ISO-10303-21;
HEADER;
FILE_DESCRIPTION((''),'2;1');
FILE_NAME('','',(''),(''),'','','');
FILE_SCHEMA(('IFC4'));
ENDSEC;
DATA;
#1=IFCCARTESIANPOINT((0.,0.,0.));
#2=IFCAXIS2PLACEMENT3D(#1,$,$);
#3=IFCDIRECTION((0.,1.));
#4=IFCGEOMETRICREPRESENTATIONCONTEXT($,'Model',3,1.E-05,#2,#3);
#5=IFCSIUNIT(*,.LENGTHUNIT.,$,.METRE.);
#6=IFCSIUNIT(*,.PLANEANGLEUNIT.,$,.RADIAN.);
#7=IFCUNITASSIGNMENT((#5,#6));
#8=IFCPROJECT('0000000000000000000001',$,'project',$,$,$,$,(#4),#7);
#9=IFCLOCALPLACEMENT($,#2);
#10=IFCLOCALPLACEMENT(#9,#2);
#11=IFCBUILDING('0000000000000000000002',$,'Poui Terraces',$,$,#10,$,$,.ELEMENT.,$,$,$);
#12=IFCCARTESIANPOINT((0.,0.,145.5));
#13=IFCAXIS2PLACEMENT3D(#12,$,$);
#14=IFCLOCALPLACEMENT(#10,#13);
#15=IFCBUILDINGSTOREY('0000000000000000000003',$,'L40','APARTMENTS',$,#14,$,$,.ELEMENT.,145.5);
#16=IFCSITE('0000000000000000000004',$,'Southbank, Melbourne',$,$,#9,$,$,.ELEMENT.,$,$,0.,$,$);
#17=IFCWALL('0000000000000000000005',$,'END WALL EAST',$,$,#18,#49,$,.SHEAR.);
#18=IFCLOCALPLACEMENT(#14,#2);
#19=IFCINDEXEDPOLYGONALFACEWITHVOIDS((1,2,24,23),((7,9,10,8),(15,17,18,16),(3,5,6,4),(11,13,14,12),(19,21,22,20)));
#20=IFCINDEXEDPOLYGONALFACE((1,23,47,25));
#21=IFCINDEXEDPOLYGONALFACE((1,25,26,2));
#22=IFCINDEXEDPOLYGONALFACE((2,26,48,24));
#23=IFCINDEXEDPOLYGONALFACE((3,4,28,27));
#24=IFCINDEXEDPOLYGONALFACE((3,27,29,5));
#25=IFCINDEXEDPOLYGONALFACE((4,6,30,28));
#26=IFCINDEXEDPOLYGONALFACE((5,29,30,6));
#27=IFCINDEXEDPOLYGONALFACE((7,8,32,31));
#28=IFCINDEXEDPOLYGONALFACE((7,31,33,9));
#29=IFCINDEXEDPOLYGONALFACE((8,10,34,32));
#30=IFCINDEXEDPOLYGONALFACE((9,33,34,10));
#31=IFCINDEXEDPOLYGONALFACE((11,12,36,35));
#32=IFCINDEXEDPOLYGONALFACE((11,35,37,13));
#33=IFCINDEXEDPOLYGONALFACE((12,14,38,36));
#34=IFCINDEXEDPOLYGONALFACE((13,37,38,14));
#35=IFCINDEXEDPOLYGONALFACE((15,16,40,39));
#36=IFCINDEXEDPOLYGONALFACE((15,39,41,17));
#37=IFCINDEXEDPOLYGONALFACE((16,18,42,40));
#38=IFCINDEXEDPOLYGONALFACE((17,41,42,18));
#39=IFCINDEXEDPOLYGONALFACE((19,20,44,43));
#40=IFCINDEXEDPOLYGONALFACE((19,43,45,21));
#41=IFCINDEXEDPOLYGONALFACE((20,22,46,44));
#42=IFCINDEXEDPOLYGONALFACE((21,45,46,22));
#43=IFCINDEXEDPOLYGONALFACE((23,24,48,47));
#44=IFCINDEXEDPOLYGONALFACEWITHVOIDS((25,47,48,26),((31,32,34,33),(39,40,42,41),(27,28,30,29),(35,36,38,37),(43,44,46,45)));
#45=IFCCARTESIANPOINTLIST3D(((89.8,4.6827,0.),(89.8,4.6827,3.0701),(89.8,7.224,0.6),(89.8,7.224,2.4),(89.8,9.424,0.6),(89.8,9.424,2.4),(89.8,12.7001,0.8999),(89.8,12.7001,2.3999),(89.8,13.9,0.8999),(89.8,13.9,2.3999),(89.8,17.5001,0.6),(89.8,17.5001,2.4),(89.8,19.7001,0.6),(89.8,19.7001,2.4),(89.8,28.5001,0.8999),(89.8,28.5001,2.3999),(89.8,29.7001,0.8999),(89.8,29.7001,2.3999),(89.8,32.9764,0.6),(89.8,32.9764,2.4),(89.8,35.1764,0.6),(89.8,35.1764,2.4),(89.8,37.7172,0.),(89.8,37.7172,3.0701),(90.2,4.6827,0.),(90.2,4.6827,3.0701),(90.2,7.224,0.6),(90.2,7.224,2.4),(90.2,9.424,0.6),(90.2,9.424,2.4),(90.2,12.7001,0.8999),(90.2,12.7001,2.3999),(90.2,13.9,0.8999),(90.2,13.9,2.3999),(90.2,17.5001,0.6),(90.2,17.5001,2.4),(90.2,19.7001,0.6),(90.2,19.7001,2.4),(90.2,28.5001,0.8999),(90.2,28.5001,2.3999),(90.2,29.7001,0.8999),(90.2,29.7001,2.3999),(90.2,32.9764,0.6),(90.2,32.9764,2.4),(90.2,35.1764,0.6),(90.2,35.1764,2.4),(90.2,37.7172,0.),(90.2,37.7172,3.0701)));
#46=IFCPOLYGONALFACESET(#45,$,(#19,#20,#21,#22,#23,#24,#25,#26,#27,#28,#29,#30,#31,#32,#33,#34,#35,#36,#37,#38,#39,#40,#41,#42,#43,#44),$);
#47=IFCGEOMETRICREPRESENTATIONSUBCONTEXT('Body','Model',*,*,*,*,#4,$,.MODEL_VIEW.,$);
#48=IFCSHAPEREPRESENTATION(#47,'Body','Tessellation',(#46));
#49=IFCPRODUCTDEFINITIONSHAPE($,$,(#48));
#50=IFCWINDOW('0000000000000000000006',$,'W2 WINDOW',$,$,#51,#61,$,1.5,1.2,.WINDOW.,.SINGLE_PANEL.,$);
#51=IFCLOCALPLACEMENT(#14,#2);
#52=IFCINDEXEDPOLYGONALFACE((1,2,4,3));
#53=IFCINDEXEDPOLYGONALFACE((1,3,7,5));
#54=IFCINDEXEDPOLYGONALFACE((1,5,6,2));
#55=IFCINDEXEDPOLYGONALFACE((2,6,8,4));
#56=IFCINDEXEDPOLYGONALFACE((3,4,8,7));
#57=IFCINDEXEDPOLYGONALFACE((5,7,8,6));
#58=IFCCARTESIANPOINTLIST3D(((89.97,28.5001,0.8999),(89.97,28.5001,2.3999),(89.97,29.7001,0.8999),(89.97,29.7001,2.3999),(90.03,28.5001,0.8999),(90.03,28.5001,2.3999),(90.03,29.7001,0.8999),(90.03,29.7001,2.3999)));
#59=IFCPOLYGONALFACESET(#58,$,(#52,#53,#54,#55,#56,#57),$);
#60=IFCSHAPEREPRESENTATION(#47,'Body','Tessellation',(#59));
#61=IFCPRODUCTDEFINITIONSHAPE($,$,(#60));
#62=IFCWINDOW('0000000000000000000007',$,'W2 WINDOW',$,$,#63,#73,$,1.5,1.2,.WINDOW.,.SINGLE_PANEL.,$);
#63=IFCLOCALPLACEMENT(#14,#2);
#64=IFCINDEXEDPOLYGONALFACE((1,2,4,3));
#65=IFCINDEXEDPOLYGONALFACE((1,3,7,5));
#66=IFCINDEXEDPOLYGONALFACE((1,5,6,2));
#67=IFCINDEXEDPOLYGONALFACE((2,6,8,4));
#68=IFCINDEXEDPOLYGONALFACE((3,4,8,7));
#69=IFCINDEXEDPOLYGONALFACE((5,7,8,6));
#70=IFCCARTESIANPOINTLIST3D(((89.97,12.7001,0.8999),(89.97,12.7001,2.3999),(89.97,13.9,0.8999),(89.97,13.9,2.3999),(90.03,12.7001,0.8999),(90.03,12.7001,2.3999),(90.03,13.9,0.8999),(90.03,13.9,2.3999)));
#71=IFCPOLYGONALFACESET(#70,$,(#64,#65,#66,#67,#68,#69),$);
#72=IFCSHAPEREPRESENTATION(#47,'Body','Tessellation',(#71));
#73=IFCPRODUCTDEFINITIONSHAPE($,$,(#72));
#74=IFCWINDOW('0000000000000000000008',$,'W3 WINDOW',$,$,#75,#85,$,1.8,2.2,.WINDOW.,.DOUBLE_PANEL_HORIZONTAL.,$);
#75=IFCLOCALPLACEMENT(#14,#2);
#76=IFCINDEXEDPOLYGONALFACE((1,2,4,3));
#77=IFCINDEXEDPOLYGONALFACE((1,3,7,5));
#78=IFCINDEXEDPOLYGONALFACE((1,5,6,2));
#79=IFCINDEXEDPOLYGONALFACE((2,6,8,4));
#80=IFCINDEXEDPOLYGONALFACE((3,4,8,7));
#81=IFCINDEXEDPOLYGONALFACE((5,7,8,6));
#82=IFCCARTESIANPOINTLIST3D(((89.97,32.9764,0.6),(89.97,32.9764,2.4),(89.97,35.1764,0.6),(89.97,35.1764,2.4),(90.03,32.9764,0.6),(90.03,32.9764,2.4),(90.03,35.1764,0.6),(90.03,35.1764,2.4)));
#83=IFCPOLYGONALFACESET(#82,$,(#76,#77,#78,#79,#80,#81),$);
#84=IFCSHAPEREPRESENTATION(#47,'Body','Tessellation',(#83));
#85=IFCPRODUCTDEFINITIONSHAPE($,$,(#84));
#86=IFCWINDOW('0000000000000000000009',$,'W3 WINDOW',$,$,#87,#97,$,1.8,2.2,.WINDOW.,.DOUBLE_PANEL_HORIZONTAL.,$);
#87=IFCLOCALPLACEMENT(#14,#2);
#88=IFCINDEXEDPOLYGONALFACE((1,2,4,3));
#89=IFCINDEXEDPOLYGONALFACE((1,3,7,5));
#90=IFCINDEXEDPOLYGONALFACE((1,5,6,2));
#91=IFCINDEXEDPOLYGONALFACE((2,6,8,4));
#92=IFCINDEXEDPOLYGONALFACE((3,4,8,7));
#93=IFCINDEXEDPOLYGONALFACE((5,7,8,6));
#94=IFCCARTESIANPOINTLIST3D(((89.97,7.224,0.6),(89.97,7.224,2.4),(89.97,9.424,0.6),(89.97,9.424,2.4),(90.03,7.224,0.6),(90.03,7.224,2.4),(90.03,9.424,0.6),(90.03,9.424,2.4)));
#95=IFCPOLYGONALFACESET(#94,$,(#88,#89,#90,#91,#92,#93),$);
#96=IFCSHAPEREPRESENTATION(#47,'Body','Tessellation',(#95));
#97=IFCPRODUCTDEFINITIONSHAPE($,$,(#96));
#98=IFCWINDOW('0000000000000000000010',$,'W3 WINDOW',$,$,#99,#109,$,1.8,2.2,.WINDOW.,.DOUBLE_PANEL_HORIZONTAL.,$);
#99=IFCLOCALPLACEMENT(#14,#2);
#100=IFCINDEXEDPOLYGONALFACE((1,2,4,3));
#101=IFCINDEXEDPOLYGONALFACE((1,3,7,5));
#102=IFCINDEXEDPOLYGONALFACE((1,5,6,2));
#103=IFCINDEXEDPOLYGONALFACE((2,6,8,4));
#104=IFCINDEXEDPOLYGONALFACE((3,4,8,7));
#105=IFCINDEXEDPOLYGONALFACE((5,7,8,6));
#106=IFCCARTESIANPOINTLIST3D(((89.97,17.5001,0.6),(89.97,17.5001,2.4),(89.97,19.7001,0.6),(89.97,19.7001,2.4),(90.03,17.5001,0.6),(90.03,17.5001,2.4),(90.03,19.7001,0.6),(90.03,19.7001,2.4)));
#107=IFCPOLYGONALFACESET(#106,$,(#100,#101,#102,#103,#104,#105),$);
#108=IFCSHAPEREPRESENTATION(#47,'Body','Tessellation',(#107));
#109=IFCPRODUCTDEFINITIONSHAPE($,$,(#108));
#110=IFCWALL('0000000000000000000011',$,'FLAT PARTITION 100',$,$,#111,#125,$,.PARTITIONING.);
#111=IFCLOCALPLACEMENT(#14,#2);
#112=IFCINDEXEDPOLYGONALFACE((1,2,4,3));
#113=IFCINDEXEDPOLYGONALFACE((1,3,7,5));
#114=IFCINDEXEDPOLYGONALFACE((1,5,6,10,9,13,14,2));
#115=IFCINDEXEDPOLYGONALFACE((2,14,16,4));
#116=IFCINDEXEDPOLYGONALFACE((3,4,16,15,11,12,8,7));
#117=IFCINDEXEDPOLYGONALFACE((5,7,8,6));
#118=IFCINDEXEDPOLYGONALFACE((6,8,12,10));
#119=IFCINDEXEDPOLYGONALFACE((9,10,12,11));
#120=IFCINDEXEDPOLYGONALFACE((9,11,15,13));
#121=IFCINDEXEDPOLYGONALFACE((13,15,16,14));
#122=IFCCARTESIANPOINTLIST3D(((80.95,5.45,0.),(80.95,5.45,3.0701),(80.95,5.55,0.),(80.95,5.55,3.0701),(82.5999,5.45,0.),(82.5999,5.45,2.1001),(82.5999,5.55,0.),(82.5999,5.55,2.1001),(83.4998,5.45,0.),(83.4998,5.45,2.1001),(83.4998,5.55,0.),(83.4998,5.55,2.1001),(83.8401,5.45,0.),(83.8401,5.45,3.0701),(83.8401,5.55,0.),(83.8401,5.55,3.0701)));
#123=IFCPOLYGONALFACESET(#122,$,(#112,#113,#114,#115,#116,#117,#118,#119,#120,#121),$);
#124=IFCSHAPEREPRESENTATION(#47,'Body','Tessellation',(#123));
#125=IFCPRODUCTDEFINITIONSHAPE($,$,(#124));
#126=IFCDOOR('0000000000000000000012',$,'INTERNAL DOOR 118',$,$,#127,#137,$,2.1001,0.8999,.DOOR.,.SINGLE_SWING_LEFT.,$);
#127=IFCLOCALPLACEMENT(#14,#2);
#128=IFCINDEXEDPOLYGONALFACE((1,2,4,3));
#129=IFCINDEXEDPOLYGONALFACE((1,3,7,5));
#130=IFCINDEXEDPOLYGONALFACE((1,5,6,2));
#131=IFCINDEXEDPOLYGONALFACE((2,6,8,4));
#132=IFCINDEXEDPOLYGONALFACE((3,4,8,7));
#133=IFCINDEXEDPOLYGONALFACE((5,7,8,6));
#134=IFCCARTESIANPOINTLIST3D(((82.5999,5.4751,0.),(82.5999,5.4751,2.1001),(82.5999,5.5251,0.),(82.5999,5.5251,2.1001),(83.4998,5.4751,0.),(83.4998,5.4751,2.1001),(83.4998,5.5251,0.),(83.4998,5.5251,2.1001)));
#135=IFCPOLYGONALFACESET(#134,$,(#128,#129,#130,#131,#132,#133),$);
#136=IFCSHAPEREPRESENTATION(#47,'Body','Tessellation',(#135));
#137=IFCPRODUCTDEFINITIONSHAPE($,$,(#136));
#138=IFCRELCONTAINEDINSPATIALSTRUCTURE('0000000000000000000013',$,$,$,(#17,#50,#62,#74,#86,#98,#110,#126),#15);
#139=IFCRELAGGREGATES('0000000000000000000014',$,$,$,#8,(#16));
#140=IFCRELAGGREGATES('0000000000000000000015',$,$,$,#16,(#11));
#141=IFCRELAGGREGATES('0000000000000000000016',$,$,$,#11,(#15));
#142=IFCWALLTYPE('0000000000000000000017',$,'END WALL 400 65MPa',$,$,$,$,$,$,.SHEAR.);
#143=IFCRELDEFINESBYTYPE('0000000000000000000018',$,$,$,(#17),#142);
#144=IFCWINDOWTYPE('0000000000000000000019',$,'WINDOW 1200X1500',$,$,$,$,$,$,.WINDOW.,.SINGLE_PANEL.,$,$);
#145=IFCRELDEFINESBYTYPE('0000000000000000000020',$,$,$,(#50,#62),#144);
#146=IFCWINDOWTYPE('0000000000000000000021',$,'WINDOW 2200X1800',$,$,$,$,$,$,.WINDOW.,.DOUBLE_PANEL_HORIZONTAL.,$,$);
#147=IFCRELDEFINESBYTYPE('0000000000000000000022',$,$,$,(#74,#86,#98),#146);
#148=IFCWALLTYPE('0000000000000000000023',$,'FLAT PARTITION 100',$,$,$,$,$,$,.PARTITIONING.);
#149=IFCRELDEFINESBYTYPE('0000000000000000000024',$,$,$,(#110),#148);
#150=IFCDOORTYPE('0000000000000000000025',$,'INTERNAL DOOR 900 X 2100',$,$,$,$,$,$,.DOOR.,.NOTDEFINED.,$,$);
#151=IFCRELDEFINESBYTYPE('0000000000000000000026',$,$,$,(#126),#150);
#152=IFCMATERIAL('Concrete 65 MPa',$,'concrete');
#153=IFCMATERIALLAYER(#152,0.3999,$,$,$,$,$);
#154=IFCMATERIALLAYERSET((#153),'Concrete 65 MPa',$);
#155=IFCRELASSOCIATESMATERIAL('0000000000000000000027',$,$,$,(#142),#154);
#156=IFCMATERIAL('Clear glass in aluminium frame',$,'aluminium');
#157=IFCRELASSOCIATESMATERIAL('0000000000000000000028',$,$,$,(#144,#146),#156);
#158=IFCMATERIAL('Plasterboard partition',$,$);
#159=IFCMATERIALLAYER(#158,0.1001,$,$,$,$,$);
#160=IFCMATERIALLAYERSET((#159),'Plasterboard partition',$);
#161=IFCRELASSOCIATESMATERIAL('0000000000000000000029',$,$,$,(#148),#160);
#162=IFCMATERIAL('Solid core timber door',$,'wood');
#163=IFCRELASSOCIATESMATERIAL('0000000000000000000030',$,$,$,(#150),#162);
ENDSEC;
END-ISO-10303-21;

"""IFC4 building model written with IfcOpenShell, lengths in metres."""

from ifc_helpers import new_model, si_unit, direction, frame, frame_2d, origin, place, context, subcontext, project, spatial, rectangle, extrude, material, layer, layer_set, type_object, element, fill, save


model = new_model("IFC4")

# Units and contexts
model_context = context("Model", 3, precision=1e-05, world=origin(), true_north=direction((0.0, 1.0)))
body_context = subcontext(model_context, "Body", "Model", "MODEL_VIEW")
ifc_project = project(units=[si_unit("LENGTHUNIT", "METRE"), si_unit("PLANEANGLEUNIT", "RADIAN")], contexts=[model_context])

# Site, building, storey
site_placement = place(None, origin())
site = spatial("IfcSite", under=ifc_project, at=site_placement, Name="Southbank, Melbourne", CompositionType="ELEMENT", RefElevation=0.0)
building_placement = place(site_placement, origin())
building = spatial("IfcBuilding", under=site, at=building_placement, Name="Poui Terraces", CompositionType="ELEMENT")
storey_placement = place(building_placement, frame((0.0, 0.0, 145.5)))
storey = spatial("IfcBuildingStorey", under=building, at=storey_placement, Name="L40", Description="APARTMENTS", CompositionType="ELEMENT", Elevation=145.5)

# Shared definitions
ifc_material_1 = material(Name="Concrete 65 MPa", Category="concrete")

# Shared definitions
ifc_material_2 = material(Name="Solid core timber door", Category="wood")

# Wall, openings, windows
ifc_layer_1 = layer(ifc_material_1, 0.3999)
ifc_layer_set_1 = layer_set([ifc_layer_1], Name="Concrete 65 MPa")
wall_type_1 = type_object("IfcWallType", Name="END WALL 400 65MPa", PredefinedType="SHEAR", material=ifc_layer_set_1)
wall_1_placement = place(storey_placement, frame((90.0, 4.6829, 0.0), z_axis=(0.0, 0.0, 1.0), x_axis=(0.0, 1.0, 0.0)))
wall_1 = element("IfcWall", 1, at=wall_1_placement, inside=storey, type_object=wall_type_1, Name="END WALL EAST", PredefinedType="SHEAR", context=body_context, shape_type="SweptSolid", body=[
    extrude(rectangle(XDim=33.0344, YDim=0.3999, at=frame_2d((16.5171, 0.0))), origin(), (0.0, 0.0, 1.0), 3.0701),
])
opening_1_placement = place(wall_1_placement, frame((23.8171, 0.0, 0.8999)))
opening_1 = element("IfcOpeningElement", 2, at=opening_1_placement, cuts=wall_1, PredefinedType="OPENING", context=body_context, shape_type="SweptSolid", body=[
    extrude(rectangle(XDim=1.2, YDim=1.5, at=frame_2d((0.6001, 0.75))), frame((0.0, 0.21, 0.0), z_axis=(0.0, -1.0, 0.0), x_axis=(1.0, 0.0, 0.0)), (0.0, 0.0, 1.0), 0.4199),
])
opening_2_placement = place(wall_1_placement, frame((8.0171, 0.0, 0.8999)))
opening_2 = element("IfcOpeningElement", 3, at=opening_2_placement, cuts=wall_1, PredefinedType="OPENING", context=body_context, shape_type="SweptSolid", body=[
    extrude(rectangle(XDim=1.2, YDim=1.5, at=frame_2d((0.6001, 0.75))), frame((0.0, 0.21, 0.0), z_axis=(0.0, -1.0, 0.0), x_axis=(1.0, 0.0, 0.0)), (0.0, 0.0, 1.0), 0.4199),
])
opening_3_placement = place(wall_1_placement, frame((28.2935, 0.0, 0.6001)))
opening_3 = element("IfcOpeningElement", 4, at=opening_3_placement, cuts=wall_1, PredefinedType="OPENING", context=body_context, shape_type="SweptSolid", body=[
    extrude(rectangle(XDim=2.2, YDim=1.8, at=frame_2d((1.1001, 0.8999))), frame((0.0, 0.21, 0.0), z_axis=(0.0, -1.0, 0.0), x_axis=(1.0, 0.0, 0.0)), (0.0, 0.0, 1.0), 0.4199),
])
opening_4_placement = place(wall_1_placement, frame((2.541, 0.0, 0.6001)))
opening_4 = element("IfcOpeningElement", 5, at=opening_4_placement, cuts=wall_1, PredefinedType="OPENING", context=body_context, shape_type="SweptSolid", body=[
    extrude(rectangle(XDim=2.2, YDim=1.8, at=frame_2d((1.1001, 0.8999))), frame((0.0, 0.21, 0.0), z_axis=(0.0, -1.0, 0.0), x_axis=(1.0, 0.0, 0.0)), (0.0, 0.0, 1.0), 0.4199),
])
opening_5_placement = place(wall_1_placement, frame((12.8171, 0.0, 0.6001)))
opening_5 = element("IfcOpeningElement", 6, at=opening_5_placement, cuts=wall_1, PredefinedType="OPENING", context=body_context, shape_type="SweptSolid", body=[
    extrude(rectangle(XDim=2.2, YDim=1.8, at=frame_2d((1.1001, 0.8999))), frame((0.0, 0.21, 0.0), z_axis=(0.0, -1.0, 0.0), x_axis=(1.0, 0.0, 0.0)), (0.0, 0.0, 1.0), 0.4199),
])
ifc_material_3 = material(Name="Clear glass in aluminium frame", Category="aluminium")
window_type_1 = type_object("IfcWindowType", Name="WINDOW 1200X1500", PartitioningType="SINGLE_PANEL", PredefinedType="WINDOW", material=ifc_material_3)
window_1_placement = place(opening_1_placement, origin())
window_1 = element("IfcWindow", 7, at=window_1_placement, inside=storey, type_object=window_type_1, Name="W2 WINDOW", OverallHeight=1.5, OverallWidth=1.2, PartitioningType="SINGLE_PANEL", PredefinedType="WINDOW", context=body_context, shape_type="SweptSolid", body=[
    extrude(rectangle(XDim=1.2, YDim=1.5, at=frame_2d((0.6001, 0.75))), frame((0.0, 0.03, 0.0), z_axis=(0.0, -1.0, 0.0), x_axis=(1.0, 0.0, 0.0)), (0.0, 0.0, 1.0), 0.0601),
])
fill(opening_1, window_1)
window_2_placement = place(opening_2_placement, origin())
window_2 = element("IfcWindow", 8, at=window_2_placement, inside=storey, type_object=window_type_1, Name="W2 WINDOW", OverallHeight=1.5, OverallWidth=1.2, PartitioningType="SINGLE_PANEL", PredefinedType="WINDOW", context=body_context, shape_type="SweptSolid", body=[
    extrude(rectangle(XDim=1.2, YDim=1.5, at=frame_2d((0.6001, 0.75))), frame((0.0, 0.03, 0.0), z_axis=(0.0, -1.0, 0.0), x_axis=(1.0, 0.0, 0.0)), (0.0, 0.0, 1.0), 0.0601),
])
fill(opening_2, window_2)
window_type_2 = type_object("IfcWindowType", Name="WINDOW 2200X1800", PartitioningType="DOUBLE_PANEL_HORIZONTAL", PredefinedType="WINDOW", material=ifc_material_3)
window_3_placement = place(opening_3_placement, origin())
window_3 = element("IfcWindow", 9, at=window_3_placement, inside=storey, type_object=window_type_2, Name="W3 WINDOW", OverallHeight=1.8, OverallWidth=2.2, PartitioningType="DOUBLE_PANEL_HORIZONTAL", PredefinedType="WINDOW", context=body_context, shape_type="SweptSolid", body=[
    extrude(rectangle(XDim=2.2, YDim=1.8, at=frame_2d((1.1001, 0.8999))), frame((0.0, 0.03, 0.0), z_axis=(0.0, -1.0, 0.0), x_axis=(1.0, 0.0, 0.0)), (0.0, 0.0, 1.0), 0.0601),
])
fill(opening_3, window_3)
window_4_placement = place(opening_4_placement, origin())
window_4 = element("IfcWindow", 10, at=window_4_placement, inside=storey, type_object=window_type_2, Name="W3 WINDOW", OverallHeight=1.8, OverallWidth=2.2, PartitioningType="DOUBLE_PANEL_HORIZONTAL", PredefinedType="WINDOW", context=body_context, shape_type="SweptSolid", body=[
    extrude(rectangle(XDim=2.2, YDim=1.8, at=frame_2d((1.1001, 0.8999))), frame((0.0, 0.03, 0.0), z_axis=(0.0, -1.0, 0.0), x_axis=(1.0, 0.0, 0.0)), (0.0, 0.0, 1.0), 0.0601),
])
fill(opening_4, window_4)
window_5_placement = place(opening_5_placement, origin())
window_5 = element("IfcWindow", 11, at=window_5_placement, inside=storey, type_object=window_type_2, Name="W3 WINDOW", OverallHeight=1.8, OverallWidth=2.2, PartitioningType="DOUBLE_PANEL_HORIZONTAL", PredefinedType="WINDOW", context=body_context, shape_type="SweptSolid", body=[
    extrude(rectangle(XDim=2.2, YDim=1.8, at=frame_2d((1.1001, 0.8999))), frame((0.0, 0.03, 0.0), z_axis=(0.0, -1.0, 0.0), x_axis=(1.0, 0.0, 0.0)), (0.0, 0.0, 1.0), 0.0601),
])
fill(opening_5, window_5)

# Wall, opening, door
ifc_material_4 = material(Name="Plasterboard partition")
ifc_layer_2 = layer(ifc_material_4, 0.1001)
ifc_layer_set_2 = layer_set([ifc_layer_2], Name="Plasterboard partition")
wall_type_2 = type_object("IfcWallType", Name="FLAT PARTITION 100", PredefinedType="PARTITIONING", material=ifc_layer_set_2)
wall_2_placement = place(storey_placement, frame((80.95, 5.5, 0.0), z_axis=(0.0, 0.0, 1.0), x_axis=(1.0, 0.0, 0.0)))
wall_2 = element("IfcWall", 12, at=wall_2_placement, inside=storey, type_object=wall_type_2, Name="FLAT PARTITION 100", PredefinedType="PARTITIONING", context=body_context, shape_type="SweptSolid", body=[
    extrude(rectangle(XDim=2.8901, YDim=0.1001, at=frame_2d((1.4451, 0.0))), origin(), (0.0, 0.0, 1.0), 3.0701),
])
opening_6_placement = place(wall_2_placement, frame((1.6499, 0.0, 0.0)))
opening_6 = element("IfcOpeningElement", 13, at=opening_6_placement, cuts=wall_2, PredefinedType="OPENING", context=body_context, shape_type="SweptSolid", body=[
    extrude(rectangle(XDim=0.8999, YDim=2.1001, at=frame_2d((0.45, 1.05))), frame((0.0, 0.0601, 0.0), z_axis=(0.0, -1.0, 0.0), x_axis=(1.0, 0.0, 0.0)), (0.0, 0.0, 1.0), 0.1201),
])
door_type_1 = type_object("IfcDoorType", Name="INTERNAL DOOR 900 X 2100", OperationType="NOTDEFINED", PredefinedType="DOOR", material=ifc_material_2)
door_1_placement = place(opening_6_placement, frame((0.8999, 0.0, 0.0), z_axis=(0.0, 0.0, 1.0), x_axis=(-1.0, 0.0, 0.0)))
door_1 = element("IfcDoor", 14, at=door_1_placement, inside=storey, type_object=door_type_1, Name="INTERNAL DOOR 118", OperationType="SINGLE_SWING_LEFT", OverallHeight=2.1001, OverallWidth=0.8999, PredefinedType="DOOR", context=body_context, shape_type="SweptSolid", body=[
    extrude(rectangle(XDim=0.8999, YDim=2.1001, at=frame_2d((0.45, 1.05))), frame((0.0, 0.0249, 0.0), z_axis=(0.0, -1.0, 0.0), x_axis=(1.0, 0.0, 0.0)), (0.0, 0.0, 1.0), 0.05),
])
fill(opening_6, door_1)

save(model, "model.ifc")
